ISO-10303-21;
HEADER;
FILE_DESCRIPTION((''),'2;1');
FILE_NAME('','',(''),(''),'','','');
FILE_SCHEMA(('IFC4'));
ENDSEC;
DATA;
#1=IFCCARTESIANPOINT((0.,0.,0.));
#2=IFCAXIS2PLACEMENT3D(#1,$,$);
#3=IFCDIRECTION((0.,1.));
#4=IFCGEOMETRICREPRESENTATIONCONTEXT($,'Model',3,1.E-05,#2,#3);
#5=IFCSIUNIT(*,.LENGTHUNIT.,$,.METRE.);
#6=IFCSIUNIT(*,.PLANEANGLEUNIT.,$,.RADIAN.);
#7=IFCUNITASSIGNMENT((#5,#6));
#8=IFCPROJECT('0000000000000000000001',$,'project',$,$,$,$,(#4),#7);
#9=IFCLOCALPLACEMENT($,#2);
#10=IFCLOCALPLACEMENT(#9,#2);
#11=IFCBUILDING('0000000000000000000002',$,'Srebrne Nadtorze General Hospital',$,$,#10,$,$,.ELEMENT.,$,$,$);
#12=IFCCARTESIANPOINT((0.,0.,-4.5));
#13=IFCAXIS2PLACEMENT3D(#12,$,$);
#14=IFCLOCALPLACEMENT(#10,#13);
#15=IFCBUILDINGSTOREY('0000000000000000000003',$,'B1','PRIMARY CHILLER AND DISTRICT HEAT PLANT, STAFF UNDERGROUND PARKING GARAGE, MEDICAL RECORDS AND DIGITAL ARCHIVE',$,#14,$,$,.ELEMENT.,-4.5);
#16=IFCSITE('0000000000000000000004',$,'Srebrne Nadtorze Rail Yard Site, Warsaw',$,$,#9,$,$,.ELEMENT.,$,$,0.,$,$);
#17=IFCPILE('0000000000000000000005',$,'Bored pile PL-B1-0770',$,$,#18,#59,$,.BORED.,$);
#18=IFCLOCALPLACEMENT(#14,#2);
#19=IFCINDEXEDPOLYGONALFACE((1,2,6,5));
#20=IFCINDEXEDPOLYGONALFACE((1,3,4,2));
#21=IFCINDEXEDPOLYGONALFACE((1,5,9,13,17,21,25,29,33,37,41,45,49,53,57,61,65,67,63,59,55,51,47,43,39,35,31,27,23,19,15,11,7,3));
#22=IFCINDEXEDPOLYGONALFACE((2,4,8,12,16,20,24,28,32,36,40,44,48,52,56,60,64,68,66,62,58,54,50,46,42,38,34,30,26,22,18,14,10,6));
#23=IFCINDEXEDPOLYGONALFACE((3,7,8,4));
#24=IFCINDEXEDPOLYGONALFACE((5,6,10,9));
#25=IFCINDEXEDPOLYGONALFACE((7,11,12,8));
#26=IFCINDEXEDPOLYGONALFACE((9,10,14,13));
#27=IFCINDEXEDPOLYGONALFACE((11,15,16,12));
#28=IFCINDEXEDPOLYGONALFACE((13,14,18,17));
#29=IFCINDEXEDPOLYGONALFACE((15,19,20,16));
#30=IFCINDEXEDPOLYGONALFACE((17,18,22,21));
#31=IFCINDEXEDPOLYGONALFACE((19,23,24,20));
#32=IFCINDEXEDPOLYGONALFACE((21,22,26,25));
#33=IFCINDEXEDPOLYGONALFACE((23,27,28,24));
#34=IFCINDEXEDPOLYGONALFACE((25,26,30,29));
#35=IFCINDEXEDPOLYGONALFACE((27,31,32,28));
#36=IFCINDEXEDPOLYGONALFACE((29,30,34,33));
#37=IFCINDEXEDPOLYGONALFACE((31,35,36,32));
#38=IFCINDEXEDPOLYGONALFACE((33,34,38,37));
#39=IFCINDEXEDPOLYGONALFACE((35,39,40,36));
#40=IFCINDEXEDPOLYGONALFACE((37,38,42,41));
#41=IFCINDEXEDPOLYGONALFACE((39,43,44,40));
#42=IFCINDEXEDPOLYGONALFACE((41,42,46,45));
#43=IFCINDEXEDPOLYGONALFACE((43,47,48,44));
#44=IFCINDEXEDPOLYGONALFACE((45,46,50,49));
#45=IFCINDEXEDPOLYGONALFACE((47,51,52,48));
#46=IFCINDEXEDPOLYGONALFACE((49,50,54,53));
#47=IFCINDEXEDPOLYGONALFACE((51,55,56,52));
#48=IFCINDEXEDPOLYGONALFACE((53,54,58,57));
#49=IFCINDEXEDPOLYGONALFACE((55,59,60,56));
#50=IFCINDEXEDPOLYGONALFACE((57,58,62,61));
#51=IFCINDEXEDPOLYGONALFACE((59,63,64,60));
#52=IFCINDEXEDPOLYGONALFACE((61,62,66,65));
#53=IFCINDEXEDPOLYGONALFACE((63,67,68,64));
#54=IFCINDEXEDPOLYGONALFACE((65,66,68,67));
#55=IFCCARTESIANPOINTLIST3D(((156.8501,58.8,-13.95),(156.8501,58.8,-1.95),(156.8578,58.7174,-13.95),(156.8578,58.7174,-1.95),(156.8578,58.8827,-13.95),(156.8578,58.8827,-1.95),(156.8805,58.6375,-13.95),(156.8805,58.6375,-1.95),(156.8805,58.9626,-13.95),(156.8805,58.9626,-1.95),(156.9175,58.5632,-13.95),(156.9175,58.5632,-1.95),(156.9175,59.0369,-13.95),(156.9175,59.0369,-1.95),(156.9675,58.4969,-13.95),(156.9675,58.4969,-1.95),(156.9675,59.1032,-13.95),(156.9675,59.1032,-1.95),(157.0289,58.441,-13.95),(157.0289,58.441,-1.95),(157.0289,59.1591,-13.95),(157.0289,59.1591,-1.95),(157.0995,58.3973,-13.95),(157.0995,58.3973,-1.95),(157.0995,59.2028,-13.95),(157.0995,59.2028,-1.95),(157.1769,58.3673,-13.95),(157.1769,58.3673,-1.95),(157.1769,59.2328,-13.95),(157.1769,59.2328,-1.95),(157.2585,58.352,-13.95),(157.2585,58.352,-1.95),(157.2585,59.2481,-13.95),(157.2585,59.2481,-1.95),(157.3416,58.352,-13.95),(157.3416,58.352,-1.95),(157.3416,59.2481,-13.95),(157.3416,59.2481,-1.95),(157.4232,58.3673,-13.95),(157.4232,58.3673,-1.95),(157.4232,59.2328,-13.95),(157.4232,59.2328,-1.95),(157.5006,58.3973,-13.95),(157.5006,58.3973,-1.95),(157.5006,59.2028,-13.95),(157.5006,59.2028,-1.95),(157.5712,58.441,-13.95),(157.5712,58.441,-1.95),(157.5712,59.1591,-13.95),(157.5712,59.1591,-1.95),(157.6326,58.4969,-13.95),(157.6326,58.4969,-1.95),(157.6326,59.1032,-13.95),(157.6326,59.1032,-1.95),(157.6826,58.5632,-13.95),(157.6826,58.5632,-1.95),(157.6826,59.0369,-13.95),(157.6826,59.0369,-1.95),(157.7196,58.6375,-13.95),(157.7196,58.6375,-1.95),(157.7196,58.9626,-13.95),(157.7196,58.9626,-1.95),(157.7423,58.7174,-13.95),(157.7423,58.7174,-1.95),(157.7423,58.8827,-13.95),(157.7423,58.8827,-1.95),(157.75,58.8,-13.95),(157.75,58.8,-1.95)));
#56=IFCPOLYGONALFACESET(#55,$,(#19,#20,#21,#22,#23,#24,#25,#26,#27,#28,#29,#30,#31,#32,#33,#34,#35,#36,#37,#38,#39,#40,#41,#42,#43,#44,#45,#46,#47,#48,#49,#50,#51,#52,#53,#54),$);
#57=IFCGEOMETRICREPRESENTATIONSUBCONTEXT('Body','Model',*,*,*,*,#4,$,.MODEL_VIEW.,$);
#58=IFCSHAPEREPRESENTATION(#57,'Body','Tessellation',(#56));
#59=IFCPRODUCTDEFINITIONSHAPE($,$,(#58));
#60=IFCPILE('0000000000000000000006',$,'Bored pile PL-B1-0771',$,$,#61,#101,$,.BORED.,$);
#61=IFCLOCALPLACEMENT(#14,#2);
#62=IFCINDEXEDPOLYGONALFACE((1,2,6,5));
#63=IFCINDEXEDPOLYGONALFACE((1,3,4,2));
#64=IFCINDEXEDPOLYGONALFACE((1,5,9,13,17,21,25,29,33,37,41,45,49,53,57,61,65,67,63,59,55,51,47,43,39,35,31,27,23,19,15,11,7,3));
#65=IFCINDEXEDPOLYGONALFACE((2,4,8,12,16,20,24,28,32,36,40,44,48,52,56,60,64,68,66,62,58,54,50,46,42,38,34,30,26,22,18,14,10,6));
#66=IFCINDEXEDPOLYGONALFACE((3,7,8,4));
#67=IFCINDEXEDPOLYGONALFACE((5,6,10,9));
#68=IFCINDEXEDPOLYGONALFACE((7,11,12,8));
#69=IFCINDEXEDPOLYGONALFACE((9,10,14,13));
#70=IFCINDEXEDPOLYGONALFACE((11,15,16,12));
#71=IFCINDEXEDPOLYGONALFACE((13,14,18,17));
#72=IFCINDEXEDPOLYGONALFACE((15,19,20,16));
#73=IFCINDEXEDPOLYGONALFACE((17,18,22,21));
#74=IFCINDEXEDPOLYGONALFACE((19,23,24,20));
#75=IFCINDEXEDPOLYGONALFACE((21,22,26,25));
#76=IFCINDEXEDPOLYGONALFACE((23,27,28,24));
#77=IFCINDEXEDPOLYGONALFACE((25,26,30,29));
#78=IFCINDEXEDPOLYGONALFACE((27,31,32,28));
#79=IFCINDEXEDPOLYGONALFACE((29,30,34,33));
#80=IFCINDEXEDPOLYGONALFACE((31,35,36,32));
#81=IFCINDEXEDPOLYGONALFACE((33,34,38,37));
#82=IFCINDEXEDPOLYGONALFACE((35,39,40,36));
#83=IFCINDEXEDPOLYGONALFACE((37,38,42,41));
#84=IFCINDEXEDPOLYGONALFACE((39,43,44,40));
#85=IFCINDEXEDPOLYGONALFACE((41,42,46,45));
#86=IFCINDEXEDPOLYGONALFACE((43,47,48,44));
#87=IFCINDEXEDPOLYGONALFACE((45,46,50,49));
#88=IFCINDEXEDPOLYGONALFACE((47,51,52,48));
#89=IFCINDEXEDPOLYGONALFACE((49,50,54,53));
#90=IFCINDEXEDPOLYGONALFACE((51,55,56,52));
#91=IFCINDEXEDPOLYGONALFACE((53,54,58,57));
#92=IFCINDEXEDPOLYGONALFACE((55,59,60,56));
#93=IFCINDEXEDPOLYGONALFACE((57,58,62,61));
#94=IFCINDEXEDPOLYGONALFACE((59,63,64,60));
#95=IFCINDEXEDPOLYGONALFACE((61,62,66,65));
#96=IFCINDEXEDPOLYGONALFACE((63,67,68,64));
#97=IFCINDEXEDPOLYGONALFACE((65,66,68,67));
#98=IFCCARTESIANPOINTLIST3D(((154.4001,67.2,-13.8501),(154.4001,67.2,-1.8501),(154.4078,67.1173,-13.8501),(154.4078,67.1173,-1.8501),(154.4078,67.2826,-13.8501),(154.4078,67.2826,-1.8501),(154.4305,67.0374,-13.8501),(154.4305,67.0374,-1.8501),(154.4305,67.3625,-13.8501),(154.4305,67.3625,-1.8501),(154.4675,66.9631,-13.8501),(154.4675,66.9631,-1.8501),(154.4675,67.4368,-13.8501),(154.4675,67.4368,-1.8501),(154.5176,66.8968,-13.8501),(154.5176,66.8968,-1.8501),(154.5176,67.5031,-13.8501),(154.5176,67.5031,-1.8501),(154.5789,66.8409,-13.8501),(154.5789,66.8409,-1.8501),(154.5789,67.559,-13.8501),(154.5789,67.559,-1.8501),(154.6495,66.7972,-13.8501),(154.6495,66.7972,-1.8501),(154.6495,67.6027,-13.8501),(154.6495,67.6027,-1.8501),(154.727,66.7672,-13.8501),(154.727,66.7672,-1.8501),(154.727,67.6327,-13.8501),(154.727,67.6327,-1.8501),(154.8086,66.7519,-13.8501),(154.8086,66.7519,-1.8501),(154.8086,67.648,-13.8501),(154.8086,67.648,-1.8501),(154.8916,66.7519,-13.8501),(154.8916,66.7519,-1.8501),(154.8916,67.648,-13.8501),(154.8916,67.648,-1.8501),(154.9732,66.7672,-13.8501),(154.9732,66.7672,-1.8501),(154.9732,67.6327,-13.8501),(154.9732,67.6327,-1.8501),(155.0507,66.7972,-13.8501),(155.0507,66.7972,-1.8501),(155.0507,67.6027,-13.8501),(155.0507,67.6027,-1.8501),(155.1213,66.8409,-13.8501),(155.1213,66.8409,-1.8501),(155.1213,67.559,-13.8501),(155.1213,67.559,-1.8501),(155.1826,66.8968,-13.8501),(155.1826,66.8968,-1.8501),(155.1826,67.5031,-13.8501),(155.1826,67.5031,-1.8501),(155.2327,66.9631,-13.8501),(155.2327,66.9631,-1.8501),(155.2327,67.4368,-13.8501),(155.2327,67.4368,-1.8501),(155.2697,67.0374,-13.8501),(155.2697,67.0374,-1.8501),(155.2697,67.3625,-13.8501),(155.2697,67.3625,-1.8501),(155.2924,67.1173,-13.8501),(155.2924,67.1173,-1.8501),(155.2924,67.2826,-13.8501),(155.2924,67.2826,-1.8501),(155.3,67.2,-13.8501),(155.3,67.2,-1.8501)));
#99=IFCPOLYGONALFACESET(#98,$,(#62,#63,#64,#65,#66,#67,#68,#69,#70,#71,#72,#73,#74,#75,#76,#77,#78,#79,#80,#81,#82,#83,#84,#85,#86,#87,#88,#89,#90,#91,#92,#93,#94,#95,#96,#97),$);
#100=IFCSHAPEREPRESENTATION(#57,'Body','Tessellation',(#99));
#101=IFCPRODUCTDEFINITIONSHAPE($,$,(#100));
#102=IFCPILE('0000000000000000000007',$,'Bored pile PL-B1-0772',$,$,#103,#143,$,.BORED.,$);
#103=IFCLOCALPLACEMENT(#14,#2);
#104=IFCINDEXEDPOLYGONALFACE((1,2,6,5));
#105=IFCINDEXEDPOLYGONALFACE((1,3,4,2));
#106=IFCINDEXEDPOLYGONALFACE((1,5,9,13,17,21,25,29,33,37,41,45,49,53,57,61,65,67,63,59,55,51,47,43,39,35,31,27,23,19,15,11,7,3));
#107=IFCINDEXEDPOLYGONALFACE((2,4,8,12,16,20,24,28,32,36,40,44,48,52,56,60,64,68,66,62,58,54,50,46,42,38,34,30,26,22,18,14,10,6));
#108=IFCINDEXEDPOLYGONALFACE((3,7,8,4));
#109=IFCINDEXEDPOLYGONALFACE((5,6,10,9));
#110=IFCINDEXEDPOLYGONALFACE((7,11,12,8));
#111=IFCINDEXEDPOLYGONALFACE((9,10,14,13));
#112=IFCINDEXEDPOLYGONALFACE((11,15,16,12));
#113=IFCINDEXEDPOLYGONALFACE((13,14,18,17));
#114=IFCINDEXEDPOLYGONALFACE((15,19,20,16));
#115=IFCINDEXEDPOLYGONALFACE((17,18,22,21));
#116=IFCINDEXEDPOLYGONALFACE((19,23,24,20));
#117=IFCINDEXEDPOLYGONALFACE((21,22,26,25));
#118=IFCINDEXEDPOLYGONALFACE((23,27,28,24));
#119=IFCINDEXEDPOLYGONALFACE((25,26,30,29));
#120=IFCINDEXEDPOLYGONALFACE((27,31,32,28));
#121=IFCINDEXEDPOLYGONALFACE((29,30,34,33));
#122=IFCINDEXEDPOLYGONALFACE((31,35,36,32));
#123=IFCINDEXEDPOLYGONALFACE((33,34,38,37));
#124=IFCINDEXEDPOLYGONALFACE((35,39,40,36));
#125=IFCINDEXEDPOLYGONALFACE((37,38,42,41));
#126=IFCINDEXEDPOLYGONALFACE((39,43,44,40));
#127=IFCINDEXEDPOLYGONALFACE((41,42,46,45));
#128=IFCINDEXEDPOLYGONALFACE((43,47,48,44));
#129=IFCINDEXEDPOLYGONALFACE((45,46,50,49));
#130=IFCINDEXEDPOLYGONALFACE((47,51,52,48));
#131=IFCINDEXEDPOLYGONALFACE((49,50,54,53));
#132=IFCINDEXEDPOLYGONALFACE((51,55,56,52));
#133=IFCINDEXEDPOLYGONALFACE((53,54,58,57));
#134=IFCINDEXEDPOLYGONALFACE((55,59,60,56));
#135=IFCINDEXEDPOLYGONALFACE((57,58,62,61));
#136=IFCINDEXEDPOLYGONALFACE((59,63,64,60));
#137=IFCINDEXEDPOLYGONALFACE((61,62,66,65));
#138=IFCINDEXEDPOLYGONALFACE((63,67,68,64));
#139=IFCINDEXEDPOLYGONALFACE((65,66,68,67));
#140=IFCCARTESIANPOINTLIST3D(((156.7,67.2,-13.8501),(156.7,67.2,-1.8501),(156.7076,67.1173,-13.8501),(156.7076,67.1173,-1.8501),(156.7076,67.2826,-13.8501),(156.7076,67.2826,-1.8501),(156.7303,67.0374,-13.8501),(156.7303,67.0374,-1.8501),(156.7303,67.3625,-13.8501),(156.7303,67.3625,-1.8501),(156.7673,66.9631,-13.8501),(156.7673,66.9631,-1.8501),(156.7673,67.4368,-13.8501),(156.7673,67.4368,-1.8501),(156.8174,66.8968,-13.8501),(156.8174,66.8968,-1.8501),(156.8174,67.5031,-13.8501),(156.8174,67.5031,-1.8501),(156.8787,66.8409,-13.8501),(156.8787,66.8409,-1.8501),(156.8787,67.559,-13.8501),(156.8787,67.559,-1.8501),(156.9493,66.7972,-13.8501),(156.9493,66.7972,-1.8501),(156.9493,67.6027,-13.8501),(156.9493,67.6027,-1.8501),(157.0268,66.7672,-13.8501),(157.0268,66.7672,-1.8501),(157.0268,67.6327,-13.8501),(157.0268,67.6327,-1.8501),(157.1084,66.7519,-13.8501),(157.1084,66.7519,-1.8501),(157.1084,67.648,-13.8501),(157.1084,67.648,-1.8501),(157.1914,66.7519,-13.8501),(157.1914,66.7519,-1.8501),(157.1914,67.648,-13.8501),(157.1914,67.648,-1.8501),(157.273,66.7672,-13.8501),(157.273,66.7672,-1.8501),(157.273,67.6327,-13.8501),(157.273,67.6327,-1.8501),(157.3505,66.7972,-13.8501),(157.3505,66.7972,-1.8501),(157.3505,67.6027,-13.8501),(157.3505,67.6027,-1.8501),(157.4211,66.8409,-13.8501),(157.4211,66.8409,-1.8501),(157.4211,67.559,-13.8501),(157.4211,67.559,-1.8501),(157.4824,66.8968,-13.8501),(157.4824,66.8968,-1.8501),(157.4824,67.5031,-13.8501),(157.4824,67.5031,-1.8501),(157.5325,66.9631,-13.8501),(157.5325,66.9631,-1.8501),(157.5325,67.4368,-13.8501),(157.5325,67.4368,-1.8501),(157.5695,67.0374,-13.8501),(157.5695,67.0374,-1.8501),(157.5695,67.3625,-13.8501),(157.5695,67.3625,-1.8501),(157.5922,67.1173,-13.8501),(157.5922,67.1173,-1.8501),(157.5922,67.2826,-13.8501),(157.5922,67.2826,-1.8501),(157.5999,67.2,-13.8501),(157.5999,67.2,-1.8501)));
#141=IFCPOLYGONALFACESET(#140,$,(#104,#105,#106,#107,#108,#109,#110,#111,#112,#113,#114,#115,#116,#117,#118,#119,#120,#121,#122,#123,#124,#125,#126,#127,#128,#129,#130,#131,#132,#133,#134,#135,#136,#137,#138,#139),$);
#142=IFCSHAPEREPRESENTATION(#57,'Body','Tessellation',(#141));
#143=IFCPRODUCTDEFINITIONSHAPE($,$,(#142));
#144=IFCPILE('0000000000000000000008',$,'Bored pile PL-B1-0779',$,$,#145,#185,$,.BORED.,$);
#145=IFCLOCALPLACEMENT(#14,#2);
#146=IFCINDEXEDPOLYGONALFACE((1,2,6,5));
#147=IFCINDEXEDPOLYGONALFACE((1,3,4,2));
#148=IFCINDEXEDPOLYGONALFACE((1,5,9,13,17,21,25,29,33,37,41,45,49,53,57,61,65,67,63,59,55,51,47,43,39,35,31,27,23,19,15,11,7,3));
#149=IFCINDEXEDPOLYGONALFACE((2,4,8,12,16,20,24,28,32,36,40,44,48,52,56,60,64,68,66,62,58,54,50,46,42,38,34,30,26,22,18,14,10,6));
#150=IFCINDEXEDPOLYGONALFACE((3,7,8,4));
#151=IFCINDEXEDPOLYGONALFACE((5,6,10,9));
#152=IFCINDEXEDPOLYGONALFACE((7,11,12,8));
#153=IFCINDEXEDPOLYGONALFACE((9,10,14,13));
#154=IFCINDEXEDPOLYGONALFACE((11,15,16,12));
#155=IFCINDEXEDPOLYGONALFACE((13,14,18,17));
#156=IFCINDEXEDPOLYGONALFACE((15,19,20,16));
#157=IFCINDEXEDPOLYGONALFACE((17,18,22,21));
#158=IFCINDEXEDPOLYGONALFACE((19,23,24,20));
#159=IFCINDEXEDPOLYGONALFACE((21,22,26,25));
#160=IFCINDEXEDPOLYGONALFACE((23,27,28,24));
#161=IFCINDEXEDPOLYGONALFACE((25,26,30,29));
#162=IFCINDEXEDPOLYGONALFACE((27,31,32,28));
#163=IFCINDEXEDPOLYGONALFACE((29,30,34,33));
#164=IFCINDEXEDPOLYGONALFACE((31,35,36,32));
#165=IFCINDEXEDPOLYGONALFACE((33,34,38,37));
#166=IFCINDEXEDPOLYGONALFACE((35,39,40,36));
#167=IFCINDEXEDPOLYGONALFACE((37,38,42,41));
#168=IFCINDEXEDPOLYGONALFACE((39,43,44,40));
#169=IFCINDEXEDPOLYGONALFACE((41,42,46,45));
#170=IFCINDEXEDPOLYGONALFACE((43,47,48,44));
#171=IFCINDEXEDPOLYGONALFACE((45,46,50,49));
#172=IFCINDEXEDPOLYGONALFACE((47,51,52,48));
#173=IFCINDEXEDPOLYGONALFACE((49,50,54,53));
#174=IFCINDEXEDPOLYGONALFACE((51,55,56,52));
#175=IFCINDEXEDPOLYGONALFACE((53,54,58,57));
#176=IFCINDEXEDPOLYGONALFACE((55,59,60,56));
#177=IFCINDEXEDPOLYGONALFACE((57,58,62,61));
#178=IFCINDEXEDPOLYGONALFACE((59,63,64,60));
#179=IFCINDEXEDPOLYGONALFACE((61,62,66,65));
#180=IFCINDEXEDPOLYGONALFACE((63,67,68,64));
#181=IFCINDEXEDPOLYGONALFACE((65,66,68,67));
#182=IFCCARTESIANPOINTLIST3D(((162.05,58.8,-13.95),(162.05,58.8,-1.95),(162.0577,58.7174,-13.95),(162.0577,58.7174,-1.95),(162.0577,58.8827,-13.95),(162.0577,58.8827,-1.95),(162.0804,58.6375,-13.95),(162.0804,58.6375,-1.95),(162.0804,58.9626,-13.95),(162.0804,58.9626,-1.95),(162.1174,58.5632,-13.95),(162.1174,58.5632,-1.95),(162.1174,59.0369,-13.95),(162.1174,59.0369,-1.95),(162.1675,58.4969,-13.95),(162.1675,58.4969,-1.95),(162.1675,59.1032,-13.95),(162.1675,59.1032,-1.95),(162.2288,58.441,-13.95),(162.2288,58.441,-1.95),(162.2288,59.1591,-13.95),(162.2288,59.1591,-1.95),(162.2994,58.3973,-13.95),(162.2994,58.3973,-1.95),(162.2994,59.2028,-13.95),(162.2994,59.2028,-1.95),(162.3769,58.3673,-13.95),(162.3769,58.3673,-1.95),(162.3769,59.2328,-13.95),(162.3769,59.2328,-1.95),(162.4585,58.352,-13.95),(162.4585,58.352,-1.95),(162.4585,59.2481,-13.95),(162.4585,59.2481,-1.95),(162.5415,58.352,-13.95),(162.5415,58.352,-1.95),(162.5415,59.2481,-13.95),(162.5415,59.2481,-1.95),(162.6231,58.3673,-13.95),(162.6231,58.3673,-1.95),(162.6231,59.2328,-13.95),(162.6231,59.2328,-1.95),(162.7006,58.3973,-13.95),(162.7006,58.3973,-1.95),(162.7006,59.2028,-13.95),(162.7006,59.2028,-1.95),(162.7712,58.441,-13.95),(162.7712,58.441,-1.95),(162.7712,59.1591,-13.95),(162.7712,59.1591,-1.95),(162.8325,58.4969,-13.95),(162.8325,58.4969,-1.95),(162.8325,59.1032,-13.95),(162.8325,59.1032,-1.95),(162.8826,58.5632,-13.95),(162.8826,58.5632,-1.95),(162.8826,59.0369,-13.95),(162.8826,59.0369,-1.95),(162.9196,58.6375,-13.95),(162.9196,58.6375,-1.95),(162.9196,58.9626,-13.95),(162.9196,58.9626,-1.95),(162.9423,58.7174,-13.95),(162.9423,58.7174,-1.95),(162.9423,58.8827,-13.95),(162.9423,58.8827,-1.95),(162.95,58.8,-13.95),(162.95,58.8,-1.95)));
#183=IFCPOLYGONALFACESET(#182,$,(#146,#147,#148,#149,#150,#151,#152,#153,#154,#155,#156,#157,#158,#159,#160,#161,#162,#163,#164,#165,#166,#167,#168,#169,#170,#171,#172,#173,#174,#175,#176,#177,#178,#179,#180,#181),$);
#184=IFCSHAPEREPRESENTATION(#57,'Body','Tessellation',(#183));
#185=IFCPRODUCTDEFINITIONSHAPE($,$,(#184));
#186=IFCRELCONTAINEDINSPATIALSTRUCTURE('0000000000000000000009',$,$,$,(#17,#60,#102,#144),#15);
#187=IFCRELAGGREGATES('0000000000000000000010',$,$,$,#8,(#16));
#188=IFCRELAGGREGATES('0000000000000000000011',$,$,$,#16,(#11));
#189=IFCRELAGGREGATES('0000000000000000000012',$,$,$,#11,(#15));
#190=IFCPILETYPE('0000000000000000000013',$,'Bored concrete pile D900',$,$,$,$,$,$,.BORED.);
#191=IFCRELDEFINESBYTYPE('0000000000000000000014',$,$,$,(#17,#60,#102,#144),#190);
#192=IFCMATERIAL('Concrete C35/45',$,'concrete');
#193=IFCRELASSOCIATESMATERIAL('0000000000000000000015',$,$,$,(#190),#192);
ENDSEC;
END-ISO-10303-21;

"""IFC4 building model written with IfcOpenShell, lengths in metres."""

from ifc_helpers import new_model, si_unit, direction, frame, origin, origin_2d, place, context, subcontext, project, spatial, circle, extrude, material, material_profile, profile_set, type_object, element, save


model = new_model("IFC4")

# Units and contexts
model_context = context("Model", 3, precision=1e-05, world=origin(), true_north=direction((0.0, 1.0)))
body_context = subcontext(model_context, "Body", "Model", "MODEL_VIEW")
ifc_project = project(units=[si_unit("LENGTHUNIT", "METRE"), si_unit("PLANEANGLEUNIT", "RADIAN")], contexts=[model_context])

# Site, building, storey
site_placement = place(None, origin())
site = spatial("IfcSite", under=ifc_project, at=site_placement, Name="Srebrne Nadtorze Rail Yard Site, Warsaw", CompositionType="ELEMENT", RefElevation=0.0)
building_placement = place(site_placement, origin())
building = spatial("IfcBuilding", under=site, at=building_placement, Name="Srebrne Nadtorze General Hospital", CompositionType="ELEMENT")
storey_placement = place(building_placement, frame((0.0, 0.0, -4.5)))
storey = spatial("IfcBuildingStorey", under=building, at=storey_placement, Name="B1", Description="PRIMARY CHILLER AND DISTRICT HEAT PLANT, STAFF UNDERGROUND PARKING GARAGE, MEDICAL RECORDS AND DIGITAL ARCHIVE", CompositionType="ELEMENT", Elevation=-4.5)

# Piles
ifc_material_1 = material(Name="Concrete C35/45", Category="concrete")
ifc_material_profile_1 = material_profile(ifc_material_1, circle(Radius=0.45, at=origin_2d()), Name="PILE-D900")
ifc_profile_set_1 = profile_set([ifc_material_profile_1], Name="Concrete C35/45")
pile_type_1 = type_object("IfcPileType", Name="Bored concrete pile D900", PredefinedType="BORED", material=ifc_profile_set_1)
for number, where, z_axis, x_axis, name in (
    (1, (157.3, 58.8, -1.95), (0.0, 0.0, -1.0), (1.0, 0.0, 0.0), "Bored pile PL-B1-0770"),
    (2, (154.8501, 67.2, -1.8501), (0.0, 0.0, -1.0), (1.0, 0.0, 0.0), "Bored pile PL-B1-0771"),
    (3, (157.1499, 67.2, -1.8501), (0.0, 0.0, -1.0), (1.0, 0.0, 0.0), "Bored pile PL-B1-0772"),
    (4, (162.5, 58.8, -1.95), (0.0, 0.0, -1.0), (1.0, 0.0, 0.0), "Bored pile PL-B1-0779"),
):
    element("IfcPile", number, at=place(storey_placement, frame(where, z_axis=z_axis, x_axis=x_axis)), inside=storey, type_object=pile_type_1, Name=name, PredefinedType="BORED", context=body_context, shape_type="SweptSolid", body=[
        extrude(circle(Radius=0.45, at=origin_2d()), origin(), (0.0, 0.0, 1.0), 12.0),
    ])

save(model, "model.ifc")
